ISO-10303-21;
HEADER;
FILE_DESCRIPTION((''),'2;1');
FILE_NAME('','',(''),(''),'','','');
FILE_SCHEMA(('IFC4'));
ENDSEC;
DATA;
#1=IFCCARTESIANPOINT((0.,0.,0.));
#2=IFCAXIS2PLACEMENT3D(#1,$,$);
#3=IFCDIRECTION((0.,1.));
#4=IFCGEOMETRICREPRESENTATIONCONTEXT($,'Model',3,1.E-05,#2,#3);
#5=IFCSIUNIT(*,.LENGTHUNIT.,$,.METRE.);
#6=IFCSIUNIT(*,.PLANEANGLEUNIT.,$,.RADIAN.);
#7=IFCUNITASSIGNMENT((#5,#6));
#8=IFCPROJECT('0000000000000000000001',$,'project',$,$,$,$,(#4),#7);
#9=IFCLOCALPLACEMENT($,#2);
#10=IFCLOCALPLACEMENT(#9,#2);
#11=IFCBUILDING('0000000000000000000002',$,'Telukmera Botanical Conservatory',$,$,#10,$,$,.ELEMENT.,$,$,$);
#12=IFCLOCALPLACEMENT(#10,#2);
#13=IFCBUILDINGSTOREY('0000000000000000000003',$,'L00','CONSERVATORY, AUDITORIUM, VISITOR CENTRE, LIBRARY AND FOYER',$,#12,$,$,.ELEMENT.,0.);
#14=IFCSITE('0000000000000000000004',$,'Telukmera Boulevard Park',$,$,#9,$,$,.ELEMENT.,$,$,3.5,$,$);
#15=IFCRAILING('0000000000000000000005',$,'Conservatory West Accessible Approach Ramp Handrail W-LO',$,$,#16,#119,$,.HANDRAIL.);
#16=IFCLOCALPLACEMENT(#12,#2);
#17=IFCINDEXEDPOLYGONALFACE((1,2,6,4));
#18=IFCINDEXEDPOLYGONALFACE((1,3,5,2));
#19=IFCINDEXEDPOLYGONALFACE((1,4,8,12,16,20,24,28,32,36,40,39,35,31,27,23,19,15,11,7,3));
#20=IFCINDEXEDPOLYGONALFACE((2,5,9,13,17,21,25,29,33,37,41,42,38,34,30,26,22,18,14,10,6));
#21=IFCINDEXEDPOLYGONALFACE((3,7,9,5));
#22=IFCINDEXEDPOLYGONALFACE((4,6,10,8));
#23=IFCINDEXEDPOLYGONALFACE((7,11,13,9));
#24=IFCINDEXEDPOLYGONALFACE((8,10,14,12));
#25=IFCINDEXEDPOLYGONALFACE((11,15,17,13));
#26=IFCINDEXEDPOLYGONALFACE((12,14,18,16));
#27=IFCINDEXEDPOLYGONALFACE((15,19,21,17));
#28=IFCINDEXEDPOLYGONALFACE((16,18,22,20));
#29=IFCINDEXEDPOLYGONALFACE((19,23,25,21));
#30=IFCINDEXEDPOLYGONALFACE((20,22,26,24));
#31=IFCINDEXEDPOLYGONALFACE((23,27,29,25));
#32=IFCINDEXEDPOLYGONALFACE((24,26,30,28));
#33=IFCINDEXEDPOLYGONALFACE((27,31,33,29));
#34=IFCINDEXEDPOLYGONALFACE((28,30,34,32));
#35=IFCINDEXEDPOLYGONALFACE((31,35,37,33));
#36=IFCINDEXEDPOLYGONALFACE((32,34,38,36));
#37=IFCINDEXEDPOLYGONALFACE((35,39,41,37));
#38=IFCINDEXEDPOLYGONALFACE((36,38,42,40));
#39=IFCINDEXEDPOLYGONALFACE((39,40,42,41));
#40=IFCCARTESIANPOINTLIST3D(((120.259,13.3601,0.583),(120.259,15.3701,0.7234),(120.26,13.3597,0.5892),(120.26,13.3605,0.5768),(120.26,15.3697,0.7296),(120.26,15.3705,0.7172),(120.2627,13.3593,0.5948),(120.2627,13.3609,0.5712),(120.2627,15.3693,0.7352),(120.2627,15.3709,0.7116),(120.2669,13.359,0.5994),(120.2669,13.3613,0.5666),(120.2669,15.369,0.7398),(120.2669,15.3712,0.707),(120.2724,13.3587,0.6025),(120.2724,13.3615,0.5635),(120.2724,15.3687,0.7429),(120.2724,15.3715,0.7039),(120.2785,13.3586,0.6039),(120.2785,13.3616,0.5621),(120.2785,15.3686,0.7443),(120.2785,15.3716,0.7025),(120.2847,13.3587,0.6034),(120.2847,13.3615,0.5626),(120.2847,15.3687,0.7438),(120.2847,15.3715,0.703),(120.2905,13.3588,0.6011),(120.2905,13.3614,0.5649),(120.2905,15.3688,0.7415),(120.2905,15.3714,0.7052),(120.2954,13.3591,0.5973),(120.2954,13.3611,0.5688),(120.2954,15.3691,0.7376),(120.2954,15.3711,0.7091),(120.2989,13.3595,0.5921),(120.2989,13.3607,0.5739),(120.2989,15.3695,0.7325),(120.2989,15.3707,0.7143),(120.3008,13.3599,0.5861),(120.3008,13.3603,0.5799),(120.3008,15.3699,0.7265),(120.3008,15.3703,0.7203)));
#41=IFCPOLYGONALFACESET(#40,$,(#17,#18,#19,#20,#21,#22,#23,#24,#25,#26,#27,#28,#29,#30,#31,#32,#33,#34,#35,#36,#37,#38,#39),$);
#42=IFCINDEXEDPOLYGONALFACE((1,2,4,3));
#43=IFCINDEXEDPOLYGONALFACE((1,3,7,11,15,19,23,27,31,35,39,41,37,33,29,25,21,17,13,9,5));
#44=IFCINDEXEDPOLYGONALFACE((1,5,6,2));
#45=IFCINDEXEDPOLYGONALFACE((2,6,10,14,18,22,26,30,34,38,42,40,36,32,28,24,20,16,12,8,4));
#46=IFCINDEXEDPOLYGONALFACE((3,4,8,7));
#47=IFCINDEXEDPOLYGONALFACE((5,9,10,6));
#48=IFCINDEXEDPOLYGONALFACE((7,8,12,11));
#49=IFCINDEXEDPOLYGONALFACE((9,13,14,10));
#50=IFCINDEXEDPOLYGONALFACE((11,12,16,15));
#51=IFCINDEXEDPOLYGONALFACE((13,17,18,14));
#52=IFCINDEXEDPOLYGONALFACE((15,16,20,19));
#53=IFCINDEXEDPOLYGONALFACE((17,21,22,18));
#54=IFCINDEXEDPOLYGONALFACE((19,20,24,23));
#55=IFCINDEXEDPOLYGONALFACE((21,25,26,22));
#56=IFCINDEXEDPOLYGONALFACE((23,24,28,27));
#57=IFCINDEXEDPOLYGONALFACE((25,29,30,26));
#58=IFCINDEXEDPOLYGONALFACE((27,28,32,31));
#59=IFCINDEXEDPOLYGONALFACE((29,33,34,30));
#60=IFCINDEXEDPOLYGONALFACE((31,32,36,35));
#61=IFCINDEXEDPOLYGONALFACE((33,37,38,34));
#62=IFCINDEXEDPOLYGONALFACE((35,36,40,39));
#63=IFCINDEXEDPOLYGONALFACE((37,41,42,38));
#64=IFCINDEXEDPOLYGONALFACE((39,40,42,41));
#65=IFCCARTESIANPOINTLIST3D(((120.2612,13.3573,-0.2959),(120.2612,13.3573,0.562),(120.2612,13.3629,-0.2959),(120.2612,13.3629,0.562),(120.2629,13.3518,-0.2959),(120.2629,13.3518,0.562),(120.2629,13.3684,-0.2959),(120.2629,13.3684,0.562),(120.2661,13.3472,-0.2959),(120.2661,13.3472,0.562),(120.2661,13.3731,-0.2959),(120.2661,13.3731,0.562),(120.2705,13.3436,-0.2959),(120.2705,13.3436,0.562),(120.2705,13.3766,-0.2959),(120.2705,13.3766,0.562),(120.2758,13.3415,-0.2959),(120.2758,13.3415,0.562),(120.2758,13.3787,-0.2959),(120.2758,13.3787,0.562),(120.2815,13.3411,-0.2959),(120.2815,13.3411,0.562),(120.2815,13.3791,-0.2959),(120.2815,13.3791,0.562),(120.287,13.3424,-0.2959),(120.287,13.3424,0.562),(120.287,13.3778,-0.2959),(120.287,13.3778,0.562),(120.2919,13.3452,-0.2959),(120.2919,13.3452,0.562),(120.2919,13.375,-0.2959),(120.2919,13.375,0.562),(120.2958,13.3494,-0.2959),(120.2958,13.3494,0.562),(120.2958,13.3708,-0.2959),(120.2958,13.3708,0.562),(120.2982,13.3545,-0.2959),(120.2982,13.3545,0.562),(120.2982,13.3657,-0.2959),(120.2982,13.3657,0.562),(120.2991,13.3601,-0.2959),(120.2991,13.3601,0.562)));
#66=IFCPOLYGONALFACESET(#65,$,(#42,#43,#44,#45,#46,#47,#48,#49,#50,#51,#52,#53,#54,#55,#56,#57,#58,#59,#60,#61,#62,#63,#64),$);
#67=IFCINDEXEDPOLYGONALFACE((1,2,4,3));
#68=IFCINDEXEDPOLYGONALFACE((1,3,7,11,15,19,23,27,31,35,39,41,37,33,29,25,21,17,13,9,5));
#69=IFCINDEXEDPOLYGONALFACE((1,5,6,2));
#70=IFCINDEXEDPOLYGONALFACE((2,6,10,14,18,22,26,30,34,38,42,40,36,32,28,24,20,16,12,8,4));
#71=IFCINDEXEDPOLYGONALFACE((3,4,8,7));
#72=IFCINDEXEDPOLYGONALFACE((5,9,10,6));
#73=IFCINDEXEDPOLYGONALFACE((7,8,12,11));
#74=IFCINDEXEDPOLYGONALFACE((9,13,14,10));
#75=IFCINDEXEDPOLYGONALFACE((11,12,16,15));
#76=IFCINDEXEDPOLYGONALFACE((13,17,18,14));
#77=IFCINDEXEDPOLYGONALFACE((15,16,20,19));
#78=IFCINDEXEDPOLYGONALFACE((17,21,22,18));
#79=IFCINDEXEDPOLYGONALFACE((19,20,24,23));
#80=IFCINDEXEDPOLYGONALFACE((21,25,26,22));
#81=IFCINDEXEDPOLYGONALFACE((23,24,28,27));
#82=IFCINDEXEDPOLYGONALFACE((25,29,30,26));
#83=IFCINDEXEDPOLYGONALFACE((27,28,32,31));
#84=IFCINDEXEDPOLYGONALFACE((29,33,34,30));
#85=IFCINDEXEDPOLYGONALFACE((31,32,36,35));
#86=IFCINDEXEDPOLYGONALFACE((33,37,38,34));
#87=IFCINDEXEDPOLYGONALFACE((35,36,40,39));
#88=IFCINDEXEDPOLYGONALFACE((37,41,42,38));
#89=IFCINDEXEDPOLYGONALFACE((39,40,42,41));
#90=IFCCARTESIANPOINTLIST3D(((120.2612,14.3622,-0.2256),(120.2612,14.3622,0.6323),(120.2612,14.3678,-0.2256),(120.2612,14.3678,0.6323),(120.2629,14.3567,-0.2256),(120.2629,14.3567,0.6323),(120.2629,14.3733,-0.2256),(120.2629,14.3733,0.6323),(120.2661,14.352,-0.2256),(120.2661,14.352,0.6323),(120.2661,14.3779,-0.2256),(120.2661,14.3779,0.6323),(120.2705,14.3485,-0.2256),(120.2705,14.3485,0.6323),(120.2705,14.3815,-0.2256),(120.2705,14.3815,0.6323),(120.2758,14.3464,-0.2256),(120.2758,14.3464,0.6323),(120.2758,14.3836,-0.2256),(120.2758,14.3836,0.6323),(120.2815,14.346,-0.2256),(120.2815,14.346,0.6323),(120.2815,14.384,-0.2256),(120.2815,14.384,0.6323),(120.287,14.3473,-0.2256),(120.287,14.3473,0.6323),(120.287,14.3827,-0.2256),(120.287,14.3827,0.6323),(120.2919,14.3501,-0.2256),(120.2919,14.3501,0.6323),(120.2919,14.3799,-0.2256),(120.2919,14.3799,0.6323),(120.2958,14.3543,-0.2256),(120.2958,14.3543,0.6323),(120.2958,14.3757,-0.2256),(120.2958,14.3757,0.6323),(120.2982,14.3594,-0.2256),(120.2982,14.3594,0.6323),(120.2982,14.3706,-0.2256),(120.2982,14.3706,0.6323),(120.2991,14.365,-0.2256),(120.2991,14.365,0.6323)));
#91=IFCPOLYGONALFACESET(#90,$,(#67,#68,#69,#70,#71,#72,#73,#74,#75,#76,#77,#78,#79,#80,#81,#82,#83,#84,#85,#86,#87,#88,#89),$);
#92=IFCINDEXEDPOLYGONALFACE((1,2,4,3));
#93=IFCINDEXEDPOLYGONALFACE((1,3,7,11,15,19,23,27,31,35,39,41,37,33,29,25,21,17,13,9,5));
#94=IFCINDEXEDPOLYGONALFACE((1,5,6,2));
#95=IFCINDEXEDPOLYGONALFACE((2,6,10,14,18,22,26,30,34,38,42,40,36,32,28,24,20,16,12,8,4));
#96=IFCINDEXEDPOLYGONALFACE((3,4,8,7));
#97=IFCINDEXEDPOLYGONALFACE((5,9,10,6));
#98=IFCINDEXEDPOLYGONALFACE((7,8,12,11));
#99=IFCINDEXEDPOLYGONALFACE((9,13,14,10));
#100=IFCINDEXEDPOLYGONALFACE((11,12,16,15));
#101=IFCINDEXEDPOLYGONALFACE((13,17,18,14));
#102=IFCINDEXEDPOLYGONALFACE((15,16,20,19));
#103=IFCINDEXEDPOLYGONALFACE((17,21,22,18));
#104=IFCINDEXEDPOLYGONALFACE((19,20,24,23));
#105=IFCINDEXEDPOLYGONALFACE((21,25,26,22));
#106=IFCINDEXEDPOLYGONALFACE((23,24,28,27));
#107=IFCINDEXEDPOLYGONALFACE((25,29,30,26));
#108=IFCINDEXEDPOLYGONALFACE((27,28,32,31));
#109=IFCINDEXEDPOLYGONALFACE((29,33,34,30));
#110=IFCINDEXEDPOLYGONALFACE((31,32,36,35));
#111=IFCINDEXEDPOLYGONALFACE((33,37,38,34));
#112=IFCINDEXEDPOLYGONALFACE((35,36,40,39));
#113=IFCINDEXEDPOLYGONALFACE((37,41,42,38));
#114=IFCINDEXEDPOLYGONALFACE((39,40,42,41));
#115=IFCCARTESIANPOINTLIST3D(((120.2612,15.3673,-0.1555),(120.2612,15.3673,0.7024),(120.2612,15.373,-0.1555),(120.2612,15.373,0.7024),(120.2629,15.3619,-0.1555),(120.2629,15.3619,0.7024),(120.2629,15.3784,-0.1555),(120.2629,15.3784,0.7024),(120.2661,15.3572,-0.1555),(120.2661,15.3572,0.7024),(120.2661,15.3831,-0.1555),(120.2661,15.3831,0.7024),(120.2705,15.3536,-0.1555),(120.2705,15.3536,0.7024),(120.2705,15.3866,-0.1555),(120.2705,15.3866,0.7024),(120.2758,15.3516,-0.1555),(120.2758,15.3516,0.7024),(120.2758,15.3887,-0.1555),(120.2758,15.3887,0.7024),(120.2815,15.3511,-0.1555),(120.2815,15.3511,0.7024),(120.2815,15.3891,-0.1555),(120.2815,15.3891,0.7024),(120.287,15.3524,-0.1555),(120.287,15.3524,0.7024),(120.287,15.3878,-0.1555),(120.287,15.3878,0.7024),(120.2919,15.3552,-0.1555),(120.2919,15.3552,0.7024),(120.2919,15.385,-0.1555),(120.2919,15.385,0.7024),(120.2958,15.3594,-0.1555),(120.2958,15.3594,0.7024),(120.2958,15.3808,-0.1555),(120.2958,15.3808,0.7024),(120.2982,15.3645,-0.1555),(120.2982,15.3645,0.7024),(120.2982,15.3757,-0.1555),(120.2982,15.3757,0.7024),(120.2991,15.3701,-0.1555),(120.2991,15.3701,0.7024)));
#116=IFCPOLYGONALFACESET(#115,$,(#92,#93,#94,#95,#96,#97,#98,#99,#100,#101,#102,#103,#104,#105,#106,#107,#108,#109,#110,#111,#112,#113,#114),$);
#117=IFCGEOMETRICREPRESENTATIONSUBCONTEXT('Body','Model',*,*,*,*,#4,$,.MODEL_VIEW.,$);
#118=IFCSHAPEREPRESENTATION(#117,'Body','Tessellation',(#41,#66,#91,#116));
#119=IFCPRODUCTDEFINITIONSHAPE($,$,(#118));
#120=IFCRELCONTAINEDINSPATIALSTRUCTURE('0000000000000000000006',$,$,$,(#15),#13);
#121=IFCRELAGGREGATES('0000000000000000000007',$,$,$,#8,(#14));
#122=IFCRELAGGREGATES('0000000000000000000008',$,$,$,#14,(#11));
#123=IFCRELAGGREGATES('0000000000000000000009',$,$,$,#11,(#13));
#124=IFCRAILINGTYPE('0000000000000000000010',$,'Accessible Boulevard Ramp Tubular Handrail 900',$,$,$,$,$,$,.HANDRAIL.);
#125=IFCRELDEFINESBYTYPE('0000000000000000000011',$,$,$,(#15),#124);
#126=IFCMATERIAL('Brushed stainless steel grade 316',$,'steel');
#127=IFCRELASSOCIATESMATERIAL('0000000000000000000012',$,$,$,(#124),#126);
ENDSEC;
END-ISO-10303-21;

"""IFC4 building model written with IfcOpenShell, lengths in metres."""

from ifc_helpers import new_model, si_unit, direction, frame, origin, origin_2d, place, context, subcontext, project, spatial, circle, extrude, material, type_object, element, save


model = new_model("IFC4")

# Units and contexts
model_context = context("Model", 3, precision=1e-05, world=origin(), true_north=direction((0.0, 1.0)))
body_context = subcontext(model_context, "Body", "Model", "MODEL_VIEW")
ifc_project = project(units=[si_unit("LENGTHUNIT", "METRE"), si_unit("PLANEANGLEUNIT", "RADIAN")], contexts=[model_context])

# Site, building, storey
site_placement = place(None, origin())
site = spatial("IfcSite", under=ifc_project, at=site_placement, Name="Telukmera Boulevard Park", CompositionType="ELEMENT", RefElevation=3.5)
building_placement = place(site_placement, origin())
building = spatial("IfcBuilding", under=site, at=building_placement, Name="Telukmera Botanical Conservatory", CompositionType="ELEMENT")
storey_placement = place(building_placement, origin())
storey = spatial("IfcBuildingStorey", under=building, at=storey_placement, Name="L00", Description="CONSERVATORY, AUDITORIUM, VISITOR CENTRE, LIBRARY AND FOYER", CompositionType="ELEMENT", Elevation=0.0)

# Railing
ifc_material_1 = material(Name="Brushed stainless steel grade 316", Category="steel")
railing_type = type_object("IfcRailingType", Name="Accessible Boulevard Ramp Tubular Handrail 900", PredefinedType="HANDRAIL", material=ifc_material_1)
railing_1_placement = place(storey_placement, frame((120.28, 13.3601, -0.2959)))
element("IfcRailing", 1, at=railing_1_placement, inside=storey, type_object=railing_type, Name="Conservatory West Accessible Approach Ramp Handrail W-LO", PredefinedType="HANDRAIL", context=body_context, shape_type="SweptSolid", body=[
    extrude(circle(Radius=0.021, at=origin_2d()), frame((0.0, 0.0, 0.8789), z_axis=(0.0, 0.99757, 0.069671), x_axis=(-1.0, 0.0, 0.0)), (0.0, 0.0, 1.0), 2.0149),
    extrude(circle(Radius=0.019, at=origin_2d()), origin(), (0.0, 0.0, 1.0), 0.8579),
    extrude(circle(Radius=0.019, at=origin_2d()), frame((0.0, 1.0049, 0.0703)), (0.0, 0.0, 1.0), 0.8579),
    extrude(circle(Radius=0.019, at=origin_2d()), frame((0.0, 2.01, 0.1404)), (0.0, 0.0, 1.0), 0.8579),
])

save(model, "model.ifc")
